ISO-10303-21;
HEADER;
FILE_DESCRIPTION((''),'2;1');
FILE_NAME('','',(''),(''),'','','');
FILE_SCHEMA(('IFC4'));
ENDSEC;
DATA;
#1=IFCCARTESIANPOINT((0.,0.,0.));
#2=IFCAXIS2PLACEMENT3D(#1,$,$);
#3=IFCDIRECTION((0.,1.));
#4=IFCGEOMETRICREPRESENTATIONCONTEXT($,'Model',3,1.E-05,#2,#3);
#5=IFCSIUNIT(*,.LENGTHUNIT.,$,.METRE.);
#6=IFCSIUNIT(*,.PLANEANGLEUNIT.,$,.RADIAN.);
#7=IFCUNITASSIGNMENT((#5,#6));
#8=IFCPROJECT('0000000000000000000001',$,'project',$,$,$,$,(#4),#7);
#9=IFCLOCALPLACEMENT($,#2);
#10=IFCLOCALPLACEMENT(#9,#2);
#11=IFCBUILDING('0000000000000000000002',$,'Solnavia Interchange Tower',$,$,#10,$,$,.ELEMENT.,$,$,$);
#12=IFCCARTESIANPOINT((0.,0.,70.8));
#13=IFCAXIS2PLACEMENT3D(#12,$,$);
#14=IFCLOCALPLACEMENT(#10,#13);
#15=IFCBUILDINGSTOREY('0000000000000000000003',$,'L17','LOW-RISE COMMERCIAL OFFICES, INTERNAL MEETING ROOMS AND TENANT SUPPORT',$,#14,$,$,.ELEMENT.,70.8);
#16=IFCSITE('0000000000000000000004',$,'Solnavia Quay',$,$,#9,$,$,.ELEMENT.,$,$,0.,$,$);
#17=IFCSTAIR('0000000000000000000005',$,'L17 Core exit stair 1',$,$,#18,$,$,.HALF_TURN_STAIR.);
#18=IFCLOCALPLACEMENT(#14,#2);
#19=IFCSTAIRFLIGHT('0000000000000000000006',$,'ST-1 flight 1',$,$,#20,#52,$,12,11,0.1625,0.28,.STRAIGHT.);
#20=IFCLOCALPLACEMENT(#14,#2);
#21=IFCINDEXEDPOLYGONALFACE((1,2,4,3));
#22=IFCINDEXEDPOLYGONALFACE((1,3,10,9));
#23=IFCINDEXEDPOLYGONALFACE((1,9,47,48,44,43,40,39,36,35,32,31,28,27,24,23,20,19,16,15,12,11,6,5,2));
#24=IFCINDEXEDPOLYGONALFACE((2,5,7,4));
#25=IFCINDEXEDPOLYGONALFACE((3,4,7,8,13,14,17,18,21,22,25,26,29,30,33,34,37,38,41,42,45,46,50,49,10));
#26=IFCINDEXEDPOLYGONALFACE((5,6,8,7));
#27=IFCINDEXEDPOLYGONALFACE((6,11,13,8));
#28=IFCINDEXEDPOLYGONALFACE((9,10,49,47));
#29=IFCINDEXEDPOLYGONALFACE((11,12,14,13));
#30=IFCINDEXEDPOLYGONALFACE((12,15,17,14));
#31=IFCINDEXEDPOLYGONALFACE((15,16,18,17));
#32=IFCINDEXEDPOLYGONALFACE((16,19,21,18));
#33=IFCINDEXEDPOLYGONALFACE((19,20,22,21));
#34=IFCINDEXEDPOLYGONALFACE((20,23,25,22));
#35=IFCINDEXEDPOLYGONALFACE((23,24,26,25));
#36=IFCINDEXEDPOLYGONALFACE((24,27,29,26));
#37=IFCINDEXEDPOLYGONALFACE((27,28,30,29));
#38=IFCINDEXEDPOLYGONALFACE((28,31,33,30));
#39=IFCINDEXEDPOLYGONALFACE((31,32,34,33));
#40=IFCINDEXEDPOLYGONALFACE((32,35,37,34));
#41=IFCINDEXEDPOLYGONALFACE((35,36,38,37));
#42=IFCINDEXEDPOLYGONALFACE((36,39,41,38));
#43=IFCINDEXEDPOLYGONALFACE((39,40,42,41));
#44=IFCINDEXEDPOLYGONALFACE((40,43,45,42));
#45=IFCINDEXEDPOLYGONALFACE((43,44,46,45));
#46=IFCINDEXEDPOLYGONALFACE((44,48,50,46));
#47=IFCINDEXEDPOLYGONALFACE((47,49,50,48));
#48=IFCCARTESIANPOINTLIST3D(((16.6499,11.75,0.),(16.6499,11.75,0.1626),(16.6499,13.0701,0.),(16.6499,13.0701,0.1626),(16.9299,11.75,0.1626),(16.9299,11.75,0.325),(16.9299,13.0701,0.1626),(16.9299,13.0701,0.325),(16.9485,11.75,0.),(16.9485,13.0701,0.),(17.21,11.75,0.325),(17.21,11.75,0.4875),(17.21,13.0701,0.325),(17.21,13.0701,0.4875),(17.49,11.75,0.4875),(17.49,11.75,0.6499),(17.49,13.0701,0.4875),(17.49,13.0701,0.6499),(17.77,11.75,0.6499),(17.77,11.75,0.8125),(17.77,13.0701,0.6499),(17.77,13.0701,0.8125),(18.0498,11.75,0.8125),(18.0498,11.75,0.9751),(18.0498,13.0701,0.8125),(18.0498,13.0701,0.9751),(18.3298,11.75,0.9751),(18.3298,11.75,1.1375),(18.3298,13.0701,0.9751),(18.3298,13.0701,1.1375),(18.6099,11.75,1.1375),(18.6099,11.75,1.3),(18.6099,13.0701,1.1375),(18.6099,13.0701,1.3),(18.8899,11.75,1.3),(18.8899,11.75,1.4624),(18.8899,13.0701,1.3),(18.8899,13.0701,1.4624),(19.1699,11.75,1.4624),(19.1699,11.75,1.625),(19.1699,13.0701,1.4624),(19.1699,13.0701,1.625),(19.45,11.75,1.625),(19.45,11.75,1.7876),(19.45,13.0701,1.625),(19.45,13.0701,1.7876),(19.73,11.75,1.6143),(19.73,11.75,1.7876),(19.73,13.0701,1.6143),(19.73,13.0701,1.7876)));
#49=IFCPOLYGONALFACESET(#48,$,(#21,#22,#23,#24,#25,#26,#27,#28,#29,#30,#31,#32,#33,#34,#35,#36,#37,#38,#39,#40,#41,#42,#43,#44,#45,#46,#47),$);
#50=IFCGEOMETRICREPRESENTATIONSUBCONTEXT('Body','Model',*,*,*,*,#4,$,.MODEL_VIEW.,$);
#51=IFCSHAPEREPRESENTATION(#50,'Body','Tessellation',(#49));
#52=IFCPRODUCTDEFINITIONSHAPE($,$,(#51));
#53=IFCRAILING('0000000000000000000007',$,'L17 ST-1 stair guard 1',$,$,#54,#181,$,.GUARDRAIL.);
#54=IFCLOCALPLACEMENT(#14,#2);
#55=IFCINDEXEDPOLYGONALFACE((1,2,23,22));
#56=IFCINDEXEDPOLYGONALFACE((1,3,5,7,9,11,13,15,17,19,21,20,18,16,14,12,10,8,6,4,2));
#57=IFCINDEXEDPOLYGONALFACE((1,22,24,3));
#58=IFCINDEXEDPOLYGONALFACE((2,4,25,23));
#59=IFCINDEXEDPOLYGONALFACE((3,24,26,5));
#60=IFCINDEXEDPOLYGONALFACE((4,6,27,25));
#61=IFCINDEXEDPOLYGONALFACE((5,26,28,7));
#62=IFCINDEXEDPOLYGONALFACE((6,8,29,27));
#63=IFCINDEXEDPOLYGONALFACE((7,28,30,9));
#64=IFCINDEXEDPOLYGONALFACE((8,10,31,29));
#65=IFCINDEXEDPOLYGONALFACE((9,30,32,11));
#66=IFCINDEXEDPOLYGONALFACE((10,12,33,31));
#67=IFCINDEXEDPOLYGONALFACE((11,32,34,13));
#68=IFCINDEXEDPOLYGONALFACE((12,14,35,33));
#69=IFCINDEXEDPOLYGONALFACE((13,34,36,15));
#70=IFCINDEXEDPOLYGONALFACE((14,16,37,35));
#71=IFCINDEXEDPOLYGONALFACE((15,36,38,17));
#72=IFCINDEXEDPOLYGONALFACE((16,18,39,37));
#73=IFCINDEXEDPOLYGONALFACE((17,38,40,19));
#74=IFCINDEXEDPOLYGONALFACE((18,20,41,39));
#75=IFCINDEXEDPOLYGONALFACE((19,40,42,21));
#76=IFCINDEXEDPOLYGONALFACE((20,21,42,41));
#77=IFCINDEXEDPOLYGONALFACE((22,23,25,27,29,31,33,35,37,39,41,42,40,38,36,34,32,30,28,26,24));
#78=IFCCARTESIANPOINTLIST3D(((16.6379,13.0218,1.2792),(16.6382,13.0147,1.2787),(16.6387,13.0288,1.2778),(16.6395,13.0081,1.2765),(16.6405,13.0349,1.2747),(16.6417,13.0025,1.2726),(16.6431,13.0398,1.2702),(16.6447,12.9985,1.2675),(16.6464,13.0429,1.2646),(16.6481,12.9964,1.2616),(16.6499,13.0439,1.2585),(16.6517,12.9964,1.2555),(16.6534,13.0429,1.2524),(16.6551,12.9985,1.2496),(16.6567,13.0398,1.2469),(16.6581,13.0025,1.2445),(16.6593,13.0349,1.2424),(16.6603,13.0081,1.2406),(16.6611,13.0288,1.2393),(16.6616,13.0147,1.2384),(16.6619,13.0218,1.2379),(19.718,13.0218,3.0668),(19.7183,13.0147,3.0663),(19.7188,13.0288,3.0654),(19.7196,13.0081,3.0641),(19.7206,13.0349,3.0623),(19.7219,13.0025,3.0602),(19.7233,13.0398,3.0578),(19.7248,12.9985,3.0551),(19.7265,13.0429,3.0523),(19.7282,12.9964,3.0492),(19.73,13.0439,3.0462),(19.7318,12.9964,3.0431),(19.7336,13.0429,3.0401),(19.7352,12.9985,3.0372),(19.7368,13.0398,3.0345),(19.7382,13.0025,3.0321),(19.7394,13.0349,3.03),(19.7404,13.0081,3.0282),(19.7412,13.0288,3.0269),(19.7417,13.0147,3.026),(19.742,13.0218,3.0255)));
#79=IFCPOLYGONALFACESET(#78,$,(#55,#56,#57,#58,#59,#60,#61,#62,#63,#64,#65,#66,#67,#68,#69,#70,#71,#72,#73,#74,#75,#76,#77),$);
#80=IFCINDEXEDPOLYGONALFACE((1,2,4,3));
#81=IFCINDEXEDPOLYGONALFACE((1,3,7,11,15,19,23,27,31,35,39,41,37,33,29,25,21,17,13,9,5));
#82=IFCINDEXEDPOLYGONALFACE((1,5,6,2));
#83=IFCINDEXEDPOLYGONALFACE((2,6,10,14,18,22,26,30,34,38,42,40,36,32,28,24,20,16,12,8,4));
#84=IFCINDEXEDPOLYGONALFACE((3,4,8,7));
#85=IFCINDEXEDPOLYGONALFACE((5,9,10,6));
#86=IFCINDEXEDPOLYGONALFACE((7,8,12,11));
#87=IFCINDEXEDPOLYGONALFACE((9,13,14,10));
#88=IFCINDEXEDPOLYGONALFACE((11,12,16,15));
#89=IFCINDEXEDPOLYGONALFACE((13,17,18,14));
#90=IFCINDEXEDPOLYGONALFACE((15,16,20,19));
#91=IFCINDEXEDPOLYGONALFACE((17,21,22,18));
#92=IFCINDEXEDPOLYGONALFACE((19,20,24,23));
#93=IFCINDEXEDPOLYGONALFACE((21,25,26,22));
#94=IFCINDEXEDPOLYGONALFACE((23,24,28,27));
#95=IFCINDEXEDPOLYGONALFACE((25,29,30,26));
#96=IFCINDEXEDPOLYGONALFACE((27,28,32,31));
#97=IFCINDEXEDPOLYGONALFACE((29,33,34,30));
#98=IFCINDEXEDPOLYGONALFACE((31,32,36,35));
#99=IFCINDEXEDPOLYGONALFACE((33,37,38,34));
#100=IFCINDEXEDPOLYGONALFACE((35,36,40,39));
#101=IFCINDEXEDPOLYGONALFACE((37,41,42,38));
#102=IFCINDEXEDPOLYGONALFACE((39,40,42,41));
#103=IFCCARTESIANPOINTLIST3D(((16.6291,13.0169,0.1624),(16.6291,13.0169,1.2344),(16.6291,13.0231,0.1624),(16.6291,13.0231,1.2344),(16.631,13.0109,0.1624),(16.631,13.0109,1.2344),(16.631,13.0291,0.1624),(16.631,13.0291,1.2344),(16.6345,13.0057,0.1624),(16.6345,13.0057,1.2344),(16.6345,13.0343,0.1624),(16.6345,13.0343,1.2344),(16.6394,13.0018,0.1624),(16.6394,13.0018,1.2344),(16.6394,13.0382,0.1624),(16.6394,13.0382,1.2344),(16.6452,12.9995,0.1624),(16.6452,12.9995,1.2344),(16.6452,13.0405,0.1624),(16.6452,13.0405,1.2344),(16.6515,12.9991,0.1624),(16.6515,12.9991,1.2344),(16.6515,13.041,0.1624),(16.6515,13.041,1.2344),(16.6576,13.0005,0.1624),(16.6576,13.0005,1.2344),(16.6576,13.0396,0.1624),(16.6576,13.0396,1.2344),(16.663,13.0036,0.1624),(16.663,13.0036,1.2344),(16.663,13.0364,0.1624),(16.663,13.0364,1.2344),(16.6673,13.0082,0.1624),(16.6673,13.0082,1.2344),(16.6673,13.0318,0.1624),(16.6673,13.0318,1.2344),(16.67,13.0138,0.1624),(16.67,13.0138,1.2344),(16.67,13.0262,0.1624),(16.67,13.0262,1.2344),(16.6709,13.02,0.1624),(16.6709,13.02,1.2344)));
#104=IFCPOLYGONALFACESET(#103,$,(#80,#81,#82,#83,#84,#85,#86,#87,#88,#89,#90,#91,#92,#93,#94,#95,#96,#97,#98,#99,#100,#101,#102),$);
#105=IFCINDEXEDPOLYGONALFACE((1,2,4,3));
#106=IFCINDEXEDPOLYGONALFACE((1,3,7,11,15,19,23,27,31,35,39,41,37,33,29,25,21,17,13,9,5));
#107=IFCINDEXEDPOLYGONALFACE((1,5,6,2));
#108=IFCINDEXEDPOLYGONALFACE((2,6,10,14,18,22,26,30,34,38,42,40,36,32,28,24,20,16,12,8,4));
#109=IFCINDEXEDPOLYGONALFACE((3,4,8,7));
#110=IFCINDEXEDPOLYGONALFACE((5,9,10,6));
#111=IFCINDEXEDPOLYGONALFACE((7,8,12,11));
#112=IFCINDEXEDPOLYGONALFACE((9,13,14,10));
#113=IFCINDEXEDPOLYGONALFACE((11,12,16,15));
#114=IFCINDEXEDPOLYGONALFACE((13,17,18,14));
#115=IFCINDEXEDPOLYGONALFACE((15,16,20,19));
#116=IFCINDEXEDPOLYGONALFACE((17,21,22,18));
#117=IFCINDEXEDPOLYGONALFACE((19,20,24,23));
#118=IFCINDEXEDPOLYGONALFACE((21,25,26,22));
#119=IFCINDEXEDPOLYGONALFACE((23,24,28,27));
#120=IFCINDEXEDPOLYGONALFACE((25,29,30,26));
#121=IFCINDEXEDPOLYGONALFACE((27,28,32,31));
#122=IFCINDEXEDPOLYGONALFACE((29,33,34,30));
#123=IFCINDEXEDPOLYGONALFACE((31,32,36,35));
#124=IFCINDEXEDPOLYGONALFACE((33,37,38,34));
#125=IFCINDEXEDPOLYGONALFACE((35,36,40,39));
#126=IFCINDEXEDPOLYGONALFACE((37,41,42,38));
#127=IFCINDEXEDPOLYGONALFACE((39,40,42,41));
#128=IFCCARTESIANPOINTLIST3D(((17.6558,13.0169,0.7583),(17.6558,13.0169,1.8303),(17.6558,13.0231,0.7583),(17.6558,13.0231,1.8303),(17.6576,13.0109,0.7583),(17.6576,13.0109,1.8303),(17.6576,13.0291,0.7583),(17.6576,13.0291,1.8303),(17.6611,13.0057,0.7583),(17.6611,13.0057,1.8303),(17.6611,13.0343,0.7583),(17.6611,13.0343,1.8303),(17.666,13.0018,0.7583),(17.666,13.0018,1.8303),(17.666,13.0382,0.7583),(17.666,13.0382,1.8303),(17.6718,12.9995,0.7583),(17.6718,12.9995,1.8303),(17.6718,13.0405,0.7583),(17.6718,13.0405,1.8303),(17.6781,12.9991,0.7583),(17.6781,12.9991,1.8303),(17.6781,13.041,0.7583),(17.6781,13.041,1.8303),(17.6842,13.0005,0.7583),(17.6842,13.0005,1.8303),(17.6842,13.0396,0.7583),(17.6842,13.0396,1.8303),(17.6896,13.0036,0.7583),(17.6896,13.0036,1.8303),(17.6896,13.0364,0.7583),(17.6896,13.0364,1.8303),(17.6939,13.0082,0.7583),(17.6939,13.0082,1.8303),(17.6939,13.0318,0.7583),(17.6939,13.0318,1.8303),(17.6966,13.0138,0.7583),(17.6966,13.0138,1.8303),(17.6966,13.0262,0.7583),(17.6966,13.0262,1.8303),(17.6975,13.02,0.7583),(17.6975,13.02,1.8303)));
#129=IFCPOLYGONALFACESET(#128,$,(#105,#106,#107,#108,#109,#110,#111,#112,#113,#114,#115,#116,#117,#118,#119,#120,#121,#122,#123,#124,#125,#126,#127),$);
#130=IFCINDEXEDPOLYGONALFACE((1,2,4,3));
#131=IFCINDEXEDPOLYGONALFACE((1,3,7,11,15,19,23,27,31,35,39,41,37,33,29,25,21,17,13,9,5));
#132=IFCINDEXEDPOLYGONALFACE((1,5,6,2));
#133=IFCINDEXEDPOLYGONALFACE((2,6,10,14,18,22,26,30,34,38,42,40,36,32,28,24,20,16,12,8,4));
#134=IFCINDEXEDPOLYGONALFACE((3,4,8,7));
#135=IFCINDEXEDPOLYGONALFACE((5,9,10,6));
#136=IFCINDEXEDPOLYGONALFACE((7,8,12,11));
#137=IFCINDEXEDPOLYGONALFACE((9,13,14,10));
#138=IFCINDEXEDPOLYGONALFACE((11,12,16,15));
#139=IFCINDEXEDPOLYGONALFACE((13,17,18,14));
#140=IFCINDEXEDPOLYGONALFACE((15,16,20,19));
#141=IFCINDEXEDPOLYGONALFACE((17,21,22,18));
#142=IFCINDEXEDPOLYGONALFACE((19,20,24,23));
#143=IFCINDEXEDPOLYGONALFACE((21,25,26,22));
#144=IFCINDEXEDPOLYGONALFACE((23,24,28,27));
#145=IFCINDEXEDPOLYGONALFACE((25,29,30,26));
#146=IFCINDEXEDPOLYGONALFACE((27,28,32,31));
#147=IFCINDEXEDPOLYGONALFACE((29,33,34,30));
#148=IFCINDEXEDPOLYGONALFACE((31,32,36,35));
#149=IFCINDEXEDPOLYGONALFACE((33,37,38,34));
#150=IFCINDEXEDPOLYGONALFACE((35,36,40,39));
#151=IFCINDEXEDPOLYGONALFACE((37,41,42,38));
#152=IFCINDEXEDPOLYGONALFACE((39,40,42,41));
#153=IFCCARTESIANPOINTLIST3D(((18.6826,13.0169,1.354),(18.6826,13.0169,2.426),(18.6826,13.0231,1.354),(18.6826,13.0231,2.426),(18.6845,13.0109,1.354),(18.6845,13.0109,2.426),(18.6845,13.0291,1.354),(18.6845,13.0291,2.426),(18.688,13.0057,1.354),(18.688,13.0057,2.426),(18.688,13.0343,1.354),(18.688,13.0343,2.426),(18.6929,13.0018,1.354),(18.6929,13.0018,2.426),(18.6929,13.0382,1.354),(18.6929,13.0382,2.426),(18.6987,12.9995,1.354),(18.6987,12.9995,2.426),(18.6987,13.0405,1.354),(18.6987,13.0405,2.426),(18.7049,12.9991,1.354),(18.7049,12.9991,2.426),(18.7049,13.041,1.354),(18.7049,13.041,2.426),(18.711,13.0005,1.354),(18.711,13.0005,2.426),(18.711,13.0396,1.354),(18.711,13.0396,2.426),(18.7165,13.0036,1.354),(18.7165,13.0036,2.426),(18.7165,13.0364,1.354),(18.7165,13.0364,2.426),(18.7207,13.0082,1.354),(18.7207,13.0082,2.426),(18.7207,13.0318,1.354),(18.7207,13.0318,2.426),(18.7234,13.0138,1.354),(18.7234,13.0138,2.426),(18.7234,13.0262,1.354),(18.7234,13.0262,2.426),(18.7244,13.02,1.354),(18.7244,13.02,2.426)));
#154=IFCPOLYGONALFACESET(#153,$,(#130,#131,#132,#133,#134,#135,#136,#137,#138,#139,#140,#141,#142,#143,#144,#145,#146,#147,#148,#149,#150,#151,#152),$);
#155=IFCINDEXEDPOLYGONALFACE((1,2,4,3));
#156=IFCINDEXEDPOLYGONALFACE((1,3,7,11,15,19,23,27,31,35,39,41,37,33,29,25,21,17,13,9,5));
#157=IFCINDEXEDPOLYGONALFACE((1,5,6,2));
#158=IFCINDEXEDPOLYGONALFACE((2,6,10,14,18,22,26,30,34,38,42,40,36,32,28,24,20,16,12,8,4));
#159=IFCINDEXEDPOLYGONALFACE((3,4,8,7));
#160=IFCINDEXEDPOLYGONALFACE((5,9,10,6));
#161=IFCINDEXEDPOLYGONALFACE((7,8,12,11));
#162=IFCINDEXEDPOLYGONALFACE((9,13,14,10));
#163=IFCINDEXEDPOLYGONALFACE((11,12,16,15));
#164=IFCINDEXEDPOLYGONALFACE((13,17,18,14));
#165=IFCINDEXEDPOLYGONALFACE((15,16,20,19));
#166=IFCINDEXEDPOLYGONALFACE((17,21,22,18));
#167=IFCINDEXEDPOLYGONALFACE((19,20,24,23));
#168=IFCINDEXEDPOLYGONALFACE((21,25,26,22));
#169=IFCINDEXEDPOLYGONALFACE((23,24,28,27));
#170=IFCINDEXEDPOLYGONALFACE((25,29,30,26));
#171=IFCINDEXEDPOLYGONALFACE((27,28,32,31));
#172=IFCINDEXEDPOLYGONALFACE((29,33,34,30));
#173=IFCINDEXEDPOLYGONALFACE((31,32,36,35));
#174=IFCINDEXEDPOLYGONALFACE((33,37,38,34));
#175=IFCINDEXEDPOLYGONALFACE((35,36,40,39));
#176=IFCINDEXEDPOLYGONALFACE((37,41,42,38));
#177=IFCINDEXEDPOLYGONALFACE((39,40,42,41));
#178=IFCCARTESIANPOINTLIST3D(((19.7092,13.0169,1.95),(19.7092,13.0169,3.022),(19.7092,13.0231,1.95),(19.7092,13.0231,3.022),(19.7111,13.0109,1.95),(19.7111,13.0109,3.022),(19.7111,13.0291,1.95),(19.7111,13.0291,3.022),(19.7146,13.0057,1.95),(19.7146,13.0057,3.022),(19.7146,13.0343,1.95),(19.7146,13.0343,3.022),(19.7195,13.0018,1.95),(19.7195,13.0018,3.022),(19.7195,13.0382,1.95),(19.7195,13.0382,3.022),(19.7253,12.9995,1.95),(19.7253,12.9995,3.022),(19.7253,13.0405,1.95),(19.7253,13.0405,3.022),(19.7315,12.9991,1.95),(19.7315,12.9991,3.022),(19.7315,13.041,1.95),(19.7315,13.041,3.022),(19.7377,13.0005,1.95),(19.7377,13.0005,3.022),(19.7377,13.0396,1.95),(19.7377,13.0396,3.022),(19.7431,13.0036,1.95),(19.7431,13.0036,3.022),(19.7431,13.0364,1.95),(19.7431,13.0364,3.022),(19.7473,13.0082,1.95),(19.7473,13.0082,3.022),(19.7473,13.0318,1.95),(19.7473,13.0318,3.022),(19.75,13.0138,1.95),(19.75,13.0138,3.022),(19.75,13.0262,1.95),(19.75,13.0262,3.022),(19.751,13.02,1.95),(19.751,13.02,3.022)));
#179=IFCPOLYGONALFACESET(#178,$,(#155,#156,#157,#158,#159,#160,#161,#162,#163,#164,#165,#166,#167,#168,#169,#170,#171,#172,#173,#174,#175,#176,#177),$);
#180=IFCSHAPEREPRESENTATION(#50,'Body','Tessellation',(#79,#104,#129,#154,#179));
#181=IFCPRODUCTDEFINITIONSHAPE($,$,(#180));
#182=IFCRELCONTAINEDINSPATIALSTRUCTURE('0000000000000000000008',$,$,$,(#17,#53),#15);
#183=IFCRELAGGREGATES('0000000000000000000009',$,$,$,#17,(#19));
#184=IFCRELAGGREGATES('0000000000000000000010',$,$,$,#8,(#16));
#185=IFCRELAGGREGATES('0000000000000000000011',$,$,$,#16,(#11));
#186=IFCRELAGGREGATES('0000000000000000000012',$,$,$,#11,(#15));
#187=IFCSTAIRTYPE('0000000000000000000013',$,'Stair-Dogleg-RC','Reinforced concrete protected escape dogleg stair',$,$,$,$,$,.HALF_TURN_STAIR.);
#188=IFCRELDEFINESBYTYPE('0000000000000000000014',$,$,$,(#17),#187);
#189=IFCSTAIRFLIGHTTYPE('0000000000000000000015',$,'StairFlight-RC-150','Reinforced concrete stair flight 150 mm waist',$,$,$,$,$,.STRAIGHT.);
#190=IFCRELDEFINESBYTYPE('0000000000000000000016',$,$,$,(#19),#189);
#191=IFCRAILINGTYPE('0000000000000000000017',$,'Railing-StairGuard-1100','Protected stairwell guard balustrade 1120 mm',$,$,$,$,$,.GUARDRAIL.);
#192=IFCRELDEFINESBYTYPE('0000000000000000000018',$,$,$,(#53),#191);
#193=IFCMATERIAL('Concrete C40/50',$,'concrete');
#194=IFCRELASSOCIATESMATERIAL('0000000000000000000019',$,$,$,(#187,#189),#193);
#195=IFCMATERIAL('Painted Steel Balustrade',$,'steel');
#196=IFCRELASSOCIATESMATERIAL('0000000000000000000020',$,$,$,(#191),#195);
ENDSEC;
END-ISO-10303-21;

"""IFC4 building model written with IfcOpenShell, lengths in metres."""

from ifc_helpers import new_model, si_unit, direction, frame, origin, origin_2d, place, context, subcontext, project, spatial, polyline, circle, outline, extrude, material, type_object, element, aggregate, save


model = new_model("IFC4")

# Units and contexts
model_context = context("Model", 3, precision=1e-05, world=origin(), true_north=direction((0.0, 1.0)))
body_context = subcontext(model_context, "Body", "Model", "MODEL_VIEW")
ifc_project = project(units=[si_unit("LENGTHUNIT", "METRE"), si_unit("PLANEANGLEUNIT", "RADIAN")], contexts=[model_context])

# Site, building, storey
site_placement = place(None, origin())
site = spatial("IfcSite", under=ifc_project, at=site_placement, Name="Solnavia Quay", CompositionType="ELEMENT", RefElevation=0.0)
building_placement = place(site_placement, origin())
building = spatial("IfcBuilding", under=site, at=building_placement, Name="Solnavia Interchange Tower", CompositionType="ELEMENT")
storey_placement = place(building_placement, frame((0.0, 0.0, 70.8)))
storey = spatial("IfcBuildingStorey", under=building, at=storey_placement, Name="L17", Description="LOW-RISE COMMERCIAL OFFICES, INTERNAL MEETING ROOMS AND TENANT SUPPORT", CompositionType="ELEMENT", Elevation=70.8)

# Shared definitions
ifc_material_1 = material(Name="Concrete C40/50", Category="concrete")

# Stair, stair flight
stair_type = type_object("IfcStairType", Name="Stair-Dogleg-RC", Description="Reinforced concrete protected escape dogleg stair", PredefinedType="HALF_TURN_STAIR", material=ifc_material_1)
stair_placement = place(storey_placement, origin())
stair = element("IfcStair", 1, at=stair_placement, inside=storey, type_object=stair_type, Name="L17 Core exit stair 1", PredefinedType="HALF_TURN_STAIR")
stair_flight_type = type_object("IfcStairFlightType", Name="StairFlight-RC-150", Description="Reinforced concrete stair flight 150 mm waist", PredefinedType="STRAIGHT", material=ifc_material_1)
stair_flight_placement = place(storey_placement, frame((16.6499, 12.4099, 0.0), z_axis=(0.0, 0.0, 1.0), x_axis=(1.0, 0.0, 0.0)))
stair_flight = element("IfcStairFlight", 2, at=stair_flight_placement, type_object=stair_flight_type, Name="ST-1 flight 1", NumberOfRisers=12, NumberOfTreads=11, PredefinedType="STRAIGHT", RiserHeight=0.1625, TreadLength=0.28, context=body_context, shape_type="SweptSolid", body=[
    extrude(outline(polyline([(0.0, 0.0), (0.0, 0.1626), (0.28, 0.1626), (0.28, 0.325), (0.5601, 0.325), (0.5601, 0.4875), (0.8401, 0.4875), (0.8401, 0.6499), (1.1201, 0.6499), (1.1201, 0.8125), (1.3999, 0.8125), (1.3999, 0.9751), (1.6799, 0.9751), (1.6799, 1.1375), (1.96, 1.1375), (1.96, 1.3), (2.24, 1.3), (2.24, 1.4624), (2.52, 1.4624), (2.52, 1.625), (2.8, 1.625), (2.8, 1.7876), (3.0801, 1.7876), (3.0801, 1.95), (3.0801, 1.6143), (0.2986, 0.0), (0.0, 0.0)])), frame((0.0, 0.6602, 0.0), z_axis=(0.0, -1.0, 0.0), x_axis=(1.0, 0.0, 0.0)), (0.0, 0.0, 1.0), 1.3201),
])
aggregate(stair, [stair_flight])

# Railing
ifc_material_2 = material(Name="Painted Steel Balustrade", Category="steel")
railing_type_1 = type_object("IfcRailingType", Name="Railing-StairGuard-1100", Description="Protected stairwell guard balustrade 1120 mm", PredefinedType="GUARDRAIL", material=ifc_material_2)
railing_1_placement = place(storey_placement, frame((16.6499, 13.02, 0.1624)))
element("IfcRailing", 3, at=railing_1_placement, inside=storey, type_object=railing_type_1, Name="L17 ST-1 stair guard 1", PredefinedType="GUARDRAIL", context=body_context, shape_type="SweptSolid", body=[
    extrude(circle(Radius=0.0239, at=origin_2d()), frame((0.0, 0.0, 1.0962), z_axis=(0.864891, 0.0, 0.50196), x_axis=(0.0, 1.0, 0.0)), (0.0, 0.0, 1.0), 3.5613),
    extrude(circle(Radius=0.021, at=origin_2d()), origin(), (0.0, 0.0, 1.0), 1.072),
    extrude(circle(Radius=0.021, at=origin_2d()), frame((1.0266, 0.0, 0.5959)), (0.0, 0.0, 1.0), 1.072),
    extrude(circle(Radius=0.021, at=origin_2d()), frame((2.0535, 0.0, 1.1917)), (0.0, 0.0, 1.0), 1.072),
    extrude(circle(Radius=0.021, at=origin_2d()), frame((3.0801, 0.0, 1.7876)), (0.0, 0.0, 1.0), 1.072),
])

save(model, "model.ifc")
